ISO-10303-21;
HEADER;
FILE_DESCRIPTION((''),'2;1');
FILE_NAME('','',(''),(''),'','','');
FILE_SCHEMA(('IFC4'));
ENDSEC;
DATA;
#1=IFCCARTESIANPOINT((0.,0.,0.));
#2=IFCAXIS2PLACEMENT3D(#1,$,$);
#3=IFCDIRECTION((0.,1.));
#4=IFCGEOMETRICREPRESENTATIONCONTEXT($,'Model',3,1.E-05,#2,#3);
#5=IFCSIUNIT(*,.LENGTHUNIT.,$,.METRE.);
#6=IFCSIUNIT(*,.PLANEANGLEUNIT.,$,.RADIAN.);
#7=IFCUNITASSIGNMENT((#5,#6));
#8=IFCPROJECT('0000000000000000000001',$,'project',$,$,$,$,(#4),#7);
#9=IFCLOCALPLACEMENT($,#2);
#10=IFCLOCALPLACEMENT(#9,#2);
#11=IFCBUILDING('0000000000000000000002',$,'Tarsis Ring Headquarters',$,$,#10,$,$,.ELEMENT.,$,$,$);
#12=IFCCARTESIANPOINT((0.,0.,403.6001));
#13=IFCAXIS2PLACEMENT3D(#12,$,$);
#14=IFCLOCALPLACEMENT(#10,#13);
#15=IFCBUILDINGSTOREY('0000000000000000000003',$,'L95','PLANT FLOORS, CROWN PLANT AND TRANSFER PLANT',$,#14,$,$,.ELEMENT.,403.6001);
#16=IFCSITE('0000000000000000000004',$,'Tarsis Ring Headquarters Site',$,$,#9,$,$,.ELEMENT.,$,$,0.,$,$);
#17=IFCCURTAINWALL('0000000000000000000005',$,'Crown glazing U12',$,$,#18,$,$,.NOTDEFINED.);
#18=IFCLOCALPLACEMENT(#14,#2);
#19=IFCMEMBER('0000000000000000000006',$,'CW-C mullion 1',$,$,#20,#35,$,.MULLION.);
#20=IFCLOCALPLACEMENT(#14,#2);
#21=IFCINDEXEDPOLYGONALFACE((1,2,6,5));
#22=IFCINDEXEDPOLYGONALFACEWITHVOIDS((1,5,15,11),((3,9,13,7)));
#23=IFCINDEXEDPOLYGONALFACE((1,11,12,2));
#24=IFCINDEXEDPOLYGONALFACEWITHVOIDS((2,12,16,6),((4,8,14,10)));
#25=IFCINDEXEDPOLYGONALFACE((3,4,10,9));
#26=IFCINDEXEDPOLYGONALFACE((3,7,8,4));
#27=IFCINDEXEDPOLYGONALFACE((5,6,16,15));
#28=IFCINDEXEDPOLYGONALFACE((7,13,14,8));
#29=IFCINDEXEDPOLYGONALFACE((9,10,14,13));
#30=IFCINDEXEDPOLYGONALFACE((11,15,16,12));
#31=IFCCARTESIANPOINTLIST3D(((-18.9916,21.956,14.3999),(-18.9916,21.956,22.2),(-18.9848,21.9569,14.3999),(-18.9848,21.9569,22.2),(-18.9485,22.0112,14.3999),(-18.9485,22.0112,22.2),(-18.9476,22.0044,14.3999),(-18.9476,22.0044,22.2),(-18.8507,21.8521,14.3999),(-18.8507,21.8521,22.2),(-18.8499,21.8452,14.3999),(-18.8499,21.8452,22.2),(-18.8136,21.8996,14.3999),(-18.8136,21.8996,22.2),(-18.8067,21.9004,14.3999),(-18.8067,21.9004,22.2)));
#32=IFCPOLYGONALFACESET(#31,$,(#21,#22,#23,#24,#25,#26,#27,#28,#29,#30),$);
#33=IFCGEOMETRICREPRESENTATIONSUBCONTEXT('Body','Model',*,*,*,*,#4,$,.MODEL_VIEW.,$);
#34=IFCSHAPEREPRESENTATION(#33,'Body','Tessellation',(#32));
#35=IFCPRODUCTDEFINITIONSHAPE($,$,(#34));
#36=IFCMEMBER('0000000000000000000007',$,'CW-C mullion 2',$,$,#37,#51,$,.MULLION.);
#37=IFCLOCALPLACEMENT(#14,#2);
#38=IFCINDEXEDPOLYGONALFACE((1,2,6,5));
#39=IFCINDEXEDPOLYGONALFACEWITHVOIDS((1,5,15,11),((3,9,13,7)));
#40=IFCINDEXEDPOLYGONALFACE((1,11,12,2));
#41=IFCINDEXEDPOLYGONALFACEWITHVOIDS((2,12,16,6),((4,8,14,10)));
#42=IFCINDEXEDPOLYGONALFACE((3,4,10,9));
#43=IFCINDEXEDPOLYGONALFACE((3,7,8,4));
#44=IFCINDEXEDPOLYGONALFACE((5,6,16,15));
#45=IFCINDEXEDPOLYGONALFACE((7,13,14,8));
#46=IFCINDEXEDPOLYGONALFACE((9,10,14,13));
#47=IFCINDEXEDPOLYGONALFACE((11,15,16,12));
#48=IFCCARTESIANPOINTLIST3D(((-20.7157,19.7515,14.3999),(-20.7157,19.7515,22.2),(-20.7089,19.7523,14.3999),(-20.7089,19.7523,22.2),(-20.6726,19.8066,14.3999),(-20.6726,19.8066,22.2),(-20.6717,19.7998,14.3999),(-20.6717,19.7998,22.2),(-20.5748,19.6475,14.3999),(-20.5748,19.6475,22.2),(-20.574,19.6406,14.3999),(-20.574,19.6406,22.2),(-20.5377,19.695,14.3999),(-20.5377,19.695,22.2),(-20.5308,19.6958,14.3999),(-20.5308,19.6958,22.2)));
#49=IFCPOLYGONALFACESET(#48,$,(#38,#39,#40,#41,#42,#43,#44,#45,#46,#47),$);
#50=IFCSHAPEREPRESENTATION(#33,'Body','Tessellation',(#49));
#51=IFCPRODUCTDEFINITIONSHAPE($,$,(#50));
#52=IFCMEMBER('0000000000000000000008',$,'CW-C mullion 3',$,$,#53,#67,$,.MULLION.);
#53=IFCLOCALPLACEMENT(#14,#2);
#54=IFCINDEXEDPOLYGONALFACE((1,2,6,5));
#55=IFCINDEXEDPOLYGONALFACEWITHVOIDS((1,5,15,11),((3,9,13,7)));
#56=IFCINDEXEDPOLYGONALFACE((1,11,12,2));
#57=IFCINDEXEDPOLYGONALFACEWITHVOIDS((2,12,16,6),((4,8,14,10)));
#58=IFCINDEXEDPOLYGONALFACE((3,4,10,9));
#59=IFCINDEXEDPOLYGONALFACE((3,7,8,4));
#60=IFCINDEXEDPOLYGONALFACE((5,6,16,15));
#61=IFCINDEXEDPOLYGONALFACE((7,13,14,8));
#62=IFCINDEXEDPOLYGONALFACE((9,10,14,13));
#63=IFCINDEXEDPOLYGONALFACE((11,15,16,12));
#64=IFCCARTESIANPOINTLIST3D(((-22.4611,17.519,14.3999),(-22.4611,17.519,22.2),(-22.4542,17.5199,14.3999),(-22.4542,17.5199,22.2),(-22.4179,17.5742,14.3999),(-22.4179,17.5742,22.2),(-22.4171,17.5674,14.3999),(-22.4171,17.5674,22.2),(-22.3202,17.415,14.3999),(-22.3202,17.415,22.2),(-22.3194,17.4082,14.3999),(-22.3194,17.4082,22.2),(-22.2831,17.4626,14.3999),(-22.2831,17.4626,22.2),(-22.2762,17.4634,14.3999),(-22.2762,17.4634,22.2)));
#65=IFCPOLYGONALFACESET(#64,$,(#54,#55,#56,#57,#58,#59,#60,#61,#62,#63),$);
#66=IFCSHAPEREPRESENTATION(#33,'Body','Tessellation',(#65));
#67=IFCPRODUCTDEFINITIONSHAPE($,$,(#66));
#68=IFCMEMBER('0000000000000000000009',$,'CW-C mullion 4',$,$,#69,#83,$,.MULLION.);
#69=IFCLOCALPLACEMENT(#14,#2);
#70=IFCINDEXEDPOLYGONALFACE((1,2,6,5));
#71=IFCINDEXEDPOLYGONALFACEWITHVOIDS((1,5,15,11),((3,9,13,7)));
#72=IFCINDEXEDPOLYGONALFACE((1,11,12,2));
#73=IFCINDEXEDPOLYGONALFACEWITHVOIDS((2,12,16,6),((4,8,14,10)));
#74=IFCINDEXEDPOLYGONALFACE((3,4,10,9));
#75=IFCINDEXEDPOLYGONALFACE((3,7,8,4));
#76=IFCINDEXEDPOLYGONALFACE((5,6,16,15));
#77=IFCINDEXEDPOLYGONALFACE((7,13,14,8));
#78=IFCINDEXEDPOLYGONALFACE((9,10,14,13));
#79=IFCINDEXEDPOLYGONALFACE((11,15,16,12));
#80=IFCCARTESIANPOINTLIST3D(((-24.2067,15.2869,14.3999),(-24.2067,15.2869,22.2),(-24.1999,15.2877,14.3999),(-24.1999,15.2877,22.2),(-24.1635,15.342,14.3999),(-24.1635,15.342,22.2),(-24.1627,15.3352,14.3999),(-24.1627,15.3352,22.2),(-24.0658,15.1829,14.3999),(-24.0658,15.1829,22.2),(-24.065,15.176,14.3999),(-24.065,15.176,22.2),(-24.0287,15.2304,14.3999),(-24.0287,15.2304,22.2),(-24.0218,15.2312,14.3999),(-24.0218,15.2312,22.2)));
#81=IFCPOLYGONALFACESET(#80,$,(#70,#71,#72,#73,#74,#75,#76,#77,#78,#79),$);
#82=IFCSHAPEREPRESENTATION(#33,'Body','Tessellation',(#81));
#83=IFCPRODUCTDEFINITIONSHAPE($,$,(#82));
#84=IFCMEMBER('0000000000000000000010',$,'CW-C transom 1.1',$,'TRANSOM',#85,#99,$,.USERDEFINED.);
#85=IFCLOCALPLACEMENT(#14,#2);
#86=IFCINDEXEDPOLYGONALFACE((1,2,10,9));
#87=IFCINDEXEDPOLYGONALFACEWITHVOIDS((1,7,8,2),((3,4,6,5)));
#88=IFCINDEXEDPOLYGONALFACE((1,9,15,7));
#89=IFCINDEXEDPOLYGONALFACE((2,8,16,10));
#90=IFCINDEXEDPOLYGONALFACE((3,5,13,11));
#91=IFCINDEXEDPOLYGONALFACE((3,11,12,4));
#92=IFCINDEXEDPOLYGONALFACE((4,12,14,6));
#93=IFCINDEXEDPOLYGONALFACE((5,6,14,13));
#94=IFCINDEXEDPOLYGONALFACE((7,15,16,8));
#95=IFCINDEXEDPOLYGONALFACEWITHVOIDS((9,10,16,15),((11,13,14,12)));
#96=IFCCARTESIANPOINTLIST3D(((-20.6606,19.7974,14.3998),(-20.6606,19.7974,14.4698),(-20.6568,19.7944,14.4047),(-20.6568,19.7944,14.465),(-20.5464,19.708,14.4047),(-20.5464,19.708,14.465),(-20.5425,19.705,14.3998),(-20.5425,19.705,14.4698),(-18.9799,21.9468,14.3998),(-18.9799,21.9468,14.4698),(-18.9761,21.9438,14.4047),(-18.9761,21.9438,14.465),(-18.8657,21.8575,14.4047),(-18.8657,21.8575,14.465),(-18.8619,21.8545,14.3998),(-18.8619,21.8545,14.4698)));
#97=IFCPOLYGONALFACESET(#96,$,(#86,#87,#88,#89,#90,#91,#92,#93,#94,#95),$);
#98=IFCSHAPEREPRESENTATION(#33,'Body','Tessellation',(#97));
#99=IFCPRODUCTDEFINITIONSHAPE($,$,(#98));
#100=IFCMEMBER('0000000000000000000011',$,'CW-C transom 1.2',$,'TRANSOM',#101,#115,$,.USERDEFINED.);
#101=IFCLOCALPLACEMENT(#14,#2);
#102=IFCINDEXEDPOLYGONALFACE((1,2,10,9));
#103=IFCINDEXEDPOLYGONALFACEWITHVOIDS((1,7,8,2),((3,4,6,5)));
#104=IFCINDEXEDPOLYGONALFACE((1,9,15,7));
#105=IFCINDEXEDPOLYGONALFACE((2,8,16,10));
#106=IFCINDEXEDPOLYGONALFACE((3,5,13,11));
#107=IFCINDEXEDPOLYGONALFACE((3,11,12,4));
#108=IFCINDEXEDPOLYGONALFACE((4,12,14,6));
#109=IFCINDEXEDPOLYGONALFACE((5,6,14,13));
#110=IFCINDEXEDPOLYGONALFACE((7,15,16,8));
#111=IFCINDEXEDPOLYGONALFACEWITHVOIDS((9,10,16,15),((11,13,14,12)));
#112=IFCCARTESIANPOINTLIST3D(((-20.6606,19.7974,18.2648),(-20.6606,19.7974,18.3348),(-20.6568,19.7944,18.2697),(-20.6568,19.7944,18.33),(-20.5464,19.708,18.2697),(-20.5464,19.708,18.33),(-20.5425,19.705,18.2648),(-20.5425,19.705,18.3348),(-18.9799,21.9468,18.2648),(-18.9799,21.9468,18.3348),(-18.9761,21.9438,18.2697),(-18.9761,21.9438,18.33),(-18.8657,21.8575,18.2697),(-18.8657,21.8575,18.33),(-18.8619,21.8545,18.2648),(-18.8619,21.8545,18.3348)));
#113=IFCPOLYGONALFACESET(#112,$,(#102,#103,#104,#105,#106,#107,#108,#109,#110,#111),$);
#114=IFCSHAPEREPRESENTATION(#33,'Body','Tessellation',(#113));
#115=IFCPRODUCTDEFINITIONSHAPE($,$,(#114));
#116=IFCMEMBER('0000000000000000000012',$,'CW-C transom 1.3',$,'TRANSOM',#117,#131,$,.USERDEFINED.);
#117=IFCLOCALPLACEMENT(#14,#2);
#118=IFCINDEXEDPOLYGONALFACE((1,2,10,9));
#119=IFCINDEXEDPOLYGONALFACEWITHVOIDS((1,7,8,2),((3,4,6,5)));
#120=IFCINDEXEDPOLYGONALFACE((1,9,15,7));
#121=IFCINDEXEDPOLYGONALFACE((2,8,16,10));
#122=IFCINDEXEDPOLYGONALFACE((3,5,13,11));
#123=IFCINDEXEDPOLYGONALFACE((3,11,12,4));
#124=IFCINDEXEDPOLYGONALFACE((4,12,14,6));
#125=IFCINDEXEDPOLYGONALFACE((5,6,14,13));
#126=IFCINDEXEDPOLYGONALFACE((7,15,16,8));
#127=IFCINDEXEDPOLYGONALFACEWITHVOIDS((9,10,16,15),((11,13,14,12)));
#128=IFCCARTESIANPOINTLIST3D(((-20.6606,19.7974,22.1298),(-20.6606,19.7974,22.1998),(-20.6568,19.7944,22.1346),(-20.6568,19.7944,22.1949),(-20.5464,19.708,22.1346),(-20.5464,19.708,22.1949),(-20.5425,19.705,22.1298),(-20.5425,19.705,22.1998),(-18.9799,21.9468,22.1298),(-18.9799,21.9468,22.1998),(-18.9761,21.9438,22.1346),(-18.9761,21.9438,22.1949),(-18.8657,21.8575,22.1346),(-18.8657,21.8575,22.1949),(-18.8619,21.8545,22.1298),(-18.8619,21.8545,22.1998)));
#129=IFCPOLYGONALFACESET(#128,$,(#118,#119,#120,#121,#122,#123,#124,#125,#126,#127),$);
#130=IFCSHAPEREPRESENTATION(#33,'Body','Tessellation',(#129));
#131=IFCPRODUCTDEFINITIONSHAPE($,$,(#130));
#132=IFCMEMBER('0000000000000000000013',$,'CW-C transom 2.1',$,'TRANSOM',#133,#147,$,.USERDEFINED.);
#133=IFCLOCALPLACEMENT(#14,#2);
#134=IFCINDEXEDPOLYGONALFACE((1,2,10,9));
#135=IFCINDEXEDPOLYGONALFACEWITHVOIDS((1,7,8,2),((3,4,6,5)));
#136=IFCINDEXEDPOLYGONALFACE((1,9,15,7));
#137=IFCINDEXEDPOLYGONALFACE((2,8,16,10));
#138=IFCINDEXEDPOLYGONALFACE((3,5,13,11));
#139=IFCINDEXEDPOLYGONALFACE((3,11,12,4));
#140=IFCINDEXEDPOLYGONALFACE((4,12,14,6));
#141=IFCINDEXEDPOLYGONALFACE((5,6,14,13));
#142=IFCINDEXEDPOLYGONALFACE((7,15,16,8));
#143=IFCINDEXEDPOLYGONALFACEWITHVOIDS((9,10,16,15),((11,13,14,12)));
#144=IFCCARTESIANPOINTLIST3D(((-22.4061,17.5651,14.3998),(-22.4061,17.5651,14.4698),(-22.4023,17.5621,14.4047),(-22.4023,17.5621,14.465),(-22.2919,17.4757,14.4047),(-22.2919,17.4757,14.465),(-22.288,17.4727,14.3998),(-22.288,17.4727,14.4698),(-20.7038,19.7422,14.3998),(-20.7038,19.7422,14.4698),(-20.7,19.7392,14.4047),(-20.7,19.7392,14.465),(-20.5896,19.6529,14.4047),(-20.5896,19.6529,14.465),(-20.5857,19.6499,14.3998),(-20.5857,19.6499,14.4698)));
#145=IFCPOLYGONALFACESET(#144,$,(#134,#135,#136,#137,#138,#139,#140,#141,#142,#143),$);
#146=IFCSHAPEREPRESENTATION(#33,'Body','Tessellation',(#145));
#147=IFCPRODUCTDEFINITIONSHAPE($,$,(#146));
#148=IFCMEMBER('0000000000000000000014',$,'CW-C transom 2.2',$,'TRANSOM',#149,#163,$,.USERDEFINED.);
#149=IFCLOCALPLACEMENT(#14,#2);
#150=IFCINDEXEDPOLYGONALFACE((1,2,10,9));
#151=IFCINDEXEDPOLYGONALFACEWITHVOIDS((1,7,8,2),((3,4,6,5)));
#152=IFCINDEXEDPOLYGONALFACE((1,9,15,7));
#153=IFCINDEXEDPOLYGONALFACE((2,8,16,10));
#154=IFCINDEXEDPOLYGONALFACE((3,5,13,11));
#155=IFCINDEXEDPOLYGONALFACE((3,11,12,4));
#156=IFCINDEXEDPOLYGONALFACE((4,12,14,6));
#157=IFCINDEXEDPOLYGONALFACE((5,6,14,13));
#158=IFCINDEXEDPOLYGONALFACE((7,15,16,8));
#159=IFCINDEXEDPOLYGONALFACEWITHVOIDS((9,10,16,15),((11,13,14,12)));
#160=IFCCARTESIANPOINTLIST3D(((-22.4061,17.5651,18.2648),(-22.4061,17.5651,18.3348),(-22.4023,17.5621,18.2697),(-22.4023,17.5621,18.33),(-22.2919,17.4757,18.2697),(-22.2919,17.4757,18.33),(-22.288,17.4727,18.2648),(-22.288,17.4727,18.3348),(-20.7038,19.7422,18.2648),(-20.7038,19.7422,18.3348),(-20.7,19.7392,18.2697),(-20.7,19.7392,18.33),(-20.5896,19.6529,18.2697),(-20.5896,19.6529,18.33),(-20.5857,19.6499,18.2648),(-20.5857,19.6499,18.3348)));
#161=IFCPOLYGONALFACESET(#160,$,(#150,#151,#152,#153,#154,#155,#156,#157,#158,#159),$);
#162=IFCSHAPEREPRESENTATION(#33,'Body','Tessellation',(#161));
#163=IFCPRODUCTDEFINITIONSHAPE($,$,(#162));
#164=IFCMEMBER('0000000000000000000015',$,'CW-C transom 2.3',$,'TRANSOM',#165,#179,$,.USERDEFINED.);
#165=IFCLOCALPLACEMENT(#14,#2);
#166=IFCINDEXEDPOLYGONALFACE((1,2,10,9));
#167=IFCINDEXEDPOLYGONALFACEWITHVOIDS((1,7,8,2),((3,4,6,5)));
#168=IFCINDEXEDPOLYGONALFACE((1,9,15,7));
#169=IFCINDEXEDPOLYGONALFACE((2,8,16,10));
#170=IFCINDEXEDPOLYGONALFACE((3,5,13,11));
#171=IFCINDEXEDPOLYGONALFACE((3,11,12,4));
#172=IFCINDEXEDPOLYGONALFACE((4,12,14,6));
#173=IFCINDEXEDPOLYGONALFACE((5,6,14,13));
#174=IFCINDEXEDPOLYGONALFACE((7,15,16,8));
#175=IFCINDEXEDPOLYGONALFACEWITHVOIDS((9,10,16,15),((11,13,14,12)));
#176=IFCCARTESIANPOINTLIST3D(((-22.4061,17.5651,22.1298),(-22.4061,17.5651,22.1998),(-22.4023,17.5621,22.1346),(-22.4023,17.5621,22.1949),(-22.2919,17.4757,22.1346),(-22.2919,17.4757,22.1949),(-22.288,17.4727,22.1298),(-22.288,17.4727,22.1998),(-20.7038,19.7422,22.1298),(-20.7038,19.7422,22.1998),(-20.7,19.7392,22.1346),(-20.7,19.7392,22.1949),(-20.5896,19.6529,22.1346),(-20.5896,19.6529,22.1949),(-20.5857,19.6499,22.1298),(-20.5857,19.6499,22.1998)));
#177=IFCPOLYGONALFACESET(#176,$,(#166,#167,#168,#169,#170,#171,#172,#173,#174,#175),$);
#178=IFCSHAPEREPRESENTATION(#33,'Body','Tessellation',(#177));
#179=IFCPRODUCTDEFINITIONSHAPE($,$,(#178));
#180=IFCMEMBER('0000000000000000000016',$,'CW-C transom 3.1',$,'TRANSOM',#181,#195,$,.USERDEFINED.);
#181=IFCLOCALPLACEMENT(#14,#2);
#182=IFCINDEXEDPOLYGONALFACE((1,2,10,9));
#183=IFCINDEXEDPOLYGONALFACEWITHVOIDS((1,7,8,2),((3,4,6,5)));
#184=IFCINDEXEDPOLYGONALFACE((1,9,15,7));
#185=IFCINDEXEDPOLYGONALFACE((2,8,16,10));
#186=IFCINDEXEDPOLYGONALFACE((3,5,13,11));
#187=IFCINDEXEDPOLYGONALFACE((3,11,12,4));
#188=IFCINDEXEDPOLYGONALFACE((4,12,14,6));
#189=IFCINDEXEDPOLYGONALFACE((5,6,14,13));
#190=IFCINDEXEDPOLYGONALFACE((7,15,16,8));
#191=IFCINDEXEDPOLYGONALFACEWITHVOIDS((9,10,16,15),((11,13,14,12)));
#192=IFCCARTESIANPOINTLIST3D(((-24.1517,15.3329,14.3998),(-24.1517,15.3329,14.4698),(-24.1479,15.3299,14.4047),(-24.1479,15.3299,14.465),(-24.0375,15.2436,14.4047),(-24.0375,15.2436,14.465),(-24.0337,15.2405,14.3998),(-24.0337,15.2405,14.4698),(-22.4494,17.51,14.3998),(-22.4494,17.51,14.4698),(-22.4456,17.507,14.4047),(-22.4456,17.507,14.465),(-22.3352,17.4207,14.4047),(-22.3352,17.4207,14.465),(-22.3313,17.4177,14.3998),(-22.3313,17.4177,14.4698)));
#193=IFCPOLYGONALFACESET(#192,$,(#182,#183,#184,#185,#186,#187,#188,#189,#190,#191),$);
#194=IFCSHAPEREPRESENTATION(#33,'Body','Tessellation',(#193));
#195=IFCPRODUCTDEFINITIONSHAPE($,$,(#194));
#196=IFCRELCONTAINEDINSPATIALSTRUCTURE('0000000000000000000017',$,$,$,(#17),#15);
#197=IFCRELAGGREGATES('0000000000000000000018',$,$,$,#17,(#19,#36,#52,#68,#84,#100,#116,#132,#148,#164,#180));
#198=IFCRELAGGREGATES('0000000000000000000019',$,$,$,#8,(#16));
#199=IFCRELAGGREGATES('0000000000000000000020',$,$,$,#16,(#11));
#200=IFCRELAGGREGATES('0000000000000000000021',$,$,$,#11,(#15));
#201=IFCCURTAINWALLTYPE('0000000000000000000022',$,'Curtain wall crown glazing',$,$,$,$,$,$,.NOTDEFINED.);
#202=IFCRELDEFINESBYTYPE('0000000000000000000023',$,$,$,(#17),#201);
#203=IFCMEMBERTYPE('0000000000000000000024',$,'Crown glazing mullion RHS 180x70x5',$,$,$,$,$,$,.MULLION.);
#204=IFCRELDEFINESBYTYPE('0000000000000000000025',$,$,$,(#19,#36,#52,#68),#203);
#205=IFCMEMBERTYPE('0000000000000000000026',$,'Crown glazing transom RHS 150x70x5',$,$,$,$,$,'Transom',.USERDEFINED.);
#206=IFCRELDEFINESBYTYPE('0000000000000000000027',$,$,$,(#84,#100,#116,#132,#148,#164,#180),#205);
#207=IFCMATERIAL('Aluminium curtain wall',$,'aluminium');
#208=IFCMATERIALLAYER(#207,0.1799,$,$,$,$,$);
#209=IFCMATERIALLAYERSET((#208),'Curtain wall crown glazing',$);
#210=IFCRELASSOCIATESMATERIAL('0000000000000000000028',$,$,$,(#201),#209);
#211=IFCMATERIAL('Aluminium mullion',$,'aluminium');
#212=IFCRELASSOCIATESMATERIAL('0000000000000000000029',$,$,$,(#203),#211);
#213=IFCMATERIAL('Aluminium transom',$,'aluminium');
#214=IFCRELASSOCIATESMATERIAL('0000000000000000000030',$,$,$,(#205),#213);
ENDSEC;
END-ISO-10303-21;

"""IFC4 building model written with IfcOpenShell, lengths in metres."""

from ifc_helpers import new_model, si_unit, direction, frame, origin, origin_2d, place, context, subcontext, project, spatial, hollow_rectangle, extrude, material, layer, layer_set, material_profile, profile_set, type_object, element, aggregate, save


model = new_model("IFC4")

# Units and contexts
model_context = context("Model", 3, precision=1e-05, world=origin(), true_north=direction((0.0, 1.0)))
body_context = subcontext(model_context, "Body", "Model", "MODEL_VIEW")
ifc_project = project(units=[si_unit("LENGTHUNIT", "METRE"), si_unit("PLANEANGLEUNIT", "RADIAN")], contexts=[model_context])

# Site, building, storey
site_placement = place(None, origin())
site = spatial("IfcSite", under=ifc_project, at=site_placement, Name="Tarsis Ring Headquarters Site", CompositionType="ELEMENT", RefElevation=0.0)
building_placement = place(site_placement, origin())
building = spatial("IfcBuilding", under=site, at=building_placement, Name="Tarsis Ring Headquarters", CompositionType="ELEMENT")
storey_placement = place(building_placement, frame((0.0, 0.0, 403.6001)))
storey = spatial("IfcBuildingStorey", under=building, at=storey_placement, Name="L95", Description="PLANT FLOORS, CROWN PLANT AND TRANSFER PLANT", CompositionType="ELEMENT", Elevation=403.6001)

# Curtain wall, members
ifc_material_1 = material(Name="Aluminium curtain wall", Category="aluminium")
ifc_layer_1 = layer(ifc_material_1, 0.1799)
ifc_layer_set_1 = layer_set([ifc_layer_1], Name="Curtain wall crown glazing")
curtain_wall_type = type_object("IfcCurtainWallType", Name="Curtain wall crown glazing", PredefinedType="NOTDEFINED", material=ifc_layer_set_1)
curtain_wall_placement = place(storey_placement, origin())
curtain_wall = element("IfcCurtainWall", 1, at=curtain_wall_placement, inside=storey, type_object=curtain_wall_type, Name="Crown glazing U12", PredefinedType="NOTDEFINED")
ifc_material_2 = material(Name="Aluminium mullion", Category="aluminium")
ifc_material_profile_1 = material_profile(ifc_material_2, hollow_rectangle(XDim=0.1799, YDim=0.0701, WallThickness=0.0049, at=origin_2d()), Name="RHS 180x70x5")
ifc_profile_set_1 = profile_set([ifc_material_profile_1], Name="Aluminium mullion")
member_type_1 = type_object("IfcMemberType", Name="Crown glazing mullion RHS 180x70x5", PredefinedType="MULLION", material=ifc_profile_set_1)
member_1_placement = place(storey_placement, frame((-18.8992, 21.9282, 14.3999), z_axis=(0.0, 0.0, 1.0), x_axis=(0.787755, -0.615988, 0.0)))
member_1 = element("IfcMember", 2, at=member_1_placement, type_object=member_type_1, Name="CW-C mullion 1", PredefinedType="MULLION", context=body_context, shape_type="SweptSolid", body=[
    extrude(hollow_rectangle(XDim=0.1799, YDim=0.0701, WallThickness=0.0049, at=origin_2d()), origin(), (0.0, 0.0, 1.0), 7.8),
])
member_2_placement = place(storey_placement, frame((-20.6233, 19.7236, 14.3999), z_axis=(0.0, 0.0, 1.0), x_axis=(0.787755, -0.615988, 0.0)))
member_2 = element("IfcMember", 3, at=member_2_placement, type_object=member_type_1, Name="CW-C mullion 2", PredefinedType="MULLION", context=body_context, shape_type="SweptSolid", body=[
    extrude(hollow_rectangle(XDim=0.1799, YDim=0.0701, WallThickness=0.0049, at=origin_2d()), origin(), (0.0, 0.0, 1.0), 7.8),
])
member_3_placement = place(storey_placement, frame((-22.3687, 17.4912, 14.3999), z_axis=(0.0, 0.0, 1.0), x_axis=(0.787755, -0.615988, 0.0)))
member_3 = element("IfcMember", 4, at=member_3_placement, type_object=member_type_1, Name="CW-C mullion 3", PredefinedType="MULLION", context=body_context, shape_type="SweptSolid", body=[
    extrude(hollow_rectangle(XDim=0.1799, YDim=0.0701, WallThickness=0.0049, at=origin_2d()), origin(), (0.0, 0.0, 1.0), 7.8),
])
member_4_placement = place(storey_placement, frame((-24.1143, 15.259, 14.3999), z_axis=(0.0, 0.0, 1.0), x_axis=(0.787755, -0.615988, 0.0)))
member_4 = element("IfcMember", 5, at=member_4_placement, type_object=member_type_1, Name="CW-C mullion 4", PredefinedType="MULLION", context=body_context, shape_type="SweptSolid", body=[
    extrude(hollow_rectangle(XDim=0.1799, YDim=0.0701, WallThickness=0.0049, at=origin_2d()), origin(), (0.0, 0.0, 1.0), 7.8),
])
ifc_material_3 = material(Name="Aluminium transom", Category="aluminium")
ifc_material_profile_2 = material_profile(ifc_material_3, hollow_rectangle(XDim=0.1499, YDim=0.0701, WallThickness=0.0049, at=origin_2d()), Name="RHS 150x70x5")
ifc_profile_set_2 = profile_set([ifc_material_profile_2], Name="Aluminium transom")
member_type_2 = type_object("IfcMemberType", Name="Crown glazing transom RHS 150x70x5", ElementType="Transom", PredefinedType="USERDEFINED", material=ifc_profile_set_2)
member_5_placement = place(storey_placement, frame((-18.9209, 21.9006, 14.4348), z_axis=(-0.61597, -0.787769, 0.0), x_axis=(0.787769, -0.61597, 0.0)))
member_5 = element("IfcMember", 6, at=member_5_placement, type_object=member_type_2, Name="CW-C transom 1.1", ObjectType="TRANSOM", PredefinedType="USERDEFINED", context=body_context, shape_type="SweptSolid", body=[
    extrude(hollow_rectangle(XDim=0.1499, YDim=0.0701, WallThickness=0.0049, at=origin_2d()), origin(), (0.0, 0.0, 1.0), 2.7285),
])
member_6_placement = place(storey_placement, frame((-18.9209, 21.9006, 18.2998), z_axis=(-0.61597, -0.787769, 0.0), x_axis=(0.787769, -0.61597, 0.0)))
member_6 = element("IfcMember", 7, at=member_6_placement, type_object=member_type_2, Name="CW-C transom 1.2", ObjectType="TRANSOM", PredefinedType="USERDEFINED", context=body_context, shape_type="SweptSolid", body=[
    extrude(hollow_rectangle(XDim=0.1499, YDim=0.0701, WallThickness=0.0049, at=origin_2d()), origin(), (0.0, 0.0, 1.0), 2.7285),
])
member_7_placement = place(storey_placement, frame((-18.9209, 21.9006, 22.1648), z_axis=(-0.61597, -0.787769, 0.0), x_axis=(0.787769, -0.61597, 0.0)))
member_7 = element("IfcMember", 8, at=member_7_placement, type_object=member_type_2, Name="CW-C transom 1.3", ObjectType="TRANSOM", PredefinedType="USERDEFINED", context=body_context, shape_type="SweptSolid", body=[
    extrude(hollow_rectangle(XDim=0.1499, YDim=0.0701, WallThickness=0.0049, at=origin_2d()), origin(), (0.0, 0.0, 1.0), 2.7285),
])
member_8_placement = place(storey_placement, frame((-20.6448, 19.696, 14.4348), z_axis=(-0.615963, -0.787775, 0.0), x_axis=(0.787775, -0.615963, 0.0)))
member_8 = element("IfcMember", 9, at=member_8_placement, type_object=member_type_2, Name="CW-C transom 2.1", ObjectType="TRANSOM", PredefinedType="USERDEFINED", context=body_context, shape_type="SweptSolid", body=[
    extrude(hollow_rectangle(XDim=0.1499, YDim=0.0701, WallThickness=0.0049, at=origin_2d()), origin(), (0.0, 0.0, 1.0), 2.7637),
])
member_9_placement = place(storey_placement, frame((-20.6448, 19.696, 18.2998), z_axis=(-0.615963, -0.787775, 0.0), x_axis=(0.787775, -0.615963, 0.0)))
member_9 = element("IfcMember", 10, at=member_9_placement, type_object=member_type_2, Name="CW-C transom 2.2", ObjectType="TRANSOM", PredefinedType="USERDEFINED", context=body_context, shape_type="SweptSolid", body=[
    extrude(hollow_rectangle(XDim=0.1499, YDim=0.0701, WallThickness=0.0049, at=origin_2d()), origin(), (0.0, 0.0, 1.0), 2.7637),
])
member_10_placement = place(storey_placement, frame((-20.6448, 19.696, 22.1648), z_axis=(-0.615963, -0.787775, 0.0), x_axis=(0.787775, -0.615963, 0.0)))
member_10 = element("IfcMember", 11, at=member_10_placement, type_object=member_type_2, Name="CW-C transom 2.3", ObjectType="TRANSOM", PredefinedType="USERDEFINED", context=body_context, shape_type="SweptSolid", body=[
    extrude(hollow_rectangle(XDim=0.1499, YDim=0.0701, WallThickness=0.0049, at=origin_2d()), origin(), (0.0, 0.0, 1.0), 2.7637),
])
member_11_placement = place(storey_placement, frame((-22.3904, 17.4639, 14.4348), z_axis=(-0.615963, -0.787775, 0.0), x_axis=(0.787775, -0.615963, 0.0)))
member_11 = element("IfcMember", 12, at=member_11_placement, type_object=member_type_2, Name="CW-C transom 3.1", ObjectType="TRANSOM", PredefinedType="USERDEFINED", context=body_context, shape_type="SweptSolid", body=[
    extrude(hollow_rectangle(XDim=0.1499, YDim=0.0701, WallThickness=0.0049, at=origin_2d()), origin(), (0.0, 0.0, 1.0), 2.7637),
])

aggregate(curtain_wall, [member_1, member_2, member_3, member_4, member_5, member_6, member_7, member_8, member_9, member_10, member_11])

save(model, "model.ifc")
